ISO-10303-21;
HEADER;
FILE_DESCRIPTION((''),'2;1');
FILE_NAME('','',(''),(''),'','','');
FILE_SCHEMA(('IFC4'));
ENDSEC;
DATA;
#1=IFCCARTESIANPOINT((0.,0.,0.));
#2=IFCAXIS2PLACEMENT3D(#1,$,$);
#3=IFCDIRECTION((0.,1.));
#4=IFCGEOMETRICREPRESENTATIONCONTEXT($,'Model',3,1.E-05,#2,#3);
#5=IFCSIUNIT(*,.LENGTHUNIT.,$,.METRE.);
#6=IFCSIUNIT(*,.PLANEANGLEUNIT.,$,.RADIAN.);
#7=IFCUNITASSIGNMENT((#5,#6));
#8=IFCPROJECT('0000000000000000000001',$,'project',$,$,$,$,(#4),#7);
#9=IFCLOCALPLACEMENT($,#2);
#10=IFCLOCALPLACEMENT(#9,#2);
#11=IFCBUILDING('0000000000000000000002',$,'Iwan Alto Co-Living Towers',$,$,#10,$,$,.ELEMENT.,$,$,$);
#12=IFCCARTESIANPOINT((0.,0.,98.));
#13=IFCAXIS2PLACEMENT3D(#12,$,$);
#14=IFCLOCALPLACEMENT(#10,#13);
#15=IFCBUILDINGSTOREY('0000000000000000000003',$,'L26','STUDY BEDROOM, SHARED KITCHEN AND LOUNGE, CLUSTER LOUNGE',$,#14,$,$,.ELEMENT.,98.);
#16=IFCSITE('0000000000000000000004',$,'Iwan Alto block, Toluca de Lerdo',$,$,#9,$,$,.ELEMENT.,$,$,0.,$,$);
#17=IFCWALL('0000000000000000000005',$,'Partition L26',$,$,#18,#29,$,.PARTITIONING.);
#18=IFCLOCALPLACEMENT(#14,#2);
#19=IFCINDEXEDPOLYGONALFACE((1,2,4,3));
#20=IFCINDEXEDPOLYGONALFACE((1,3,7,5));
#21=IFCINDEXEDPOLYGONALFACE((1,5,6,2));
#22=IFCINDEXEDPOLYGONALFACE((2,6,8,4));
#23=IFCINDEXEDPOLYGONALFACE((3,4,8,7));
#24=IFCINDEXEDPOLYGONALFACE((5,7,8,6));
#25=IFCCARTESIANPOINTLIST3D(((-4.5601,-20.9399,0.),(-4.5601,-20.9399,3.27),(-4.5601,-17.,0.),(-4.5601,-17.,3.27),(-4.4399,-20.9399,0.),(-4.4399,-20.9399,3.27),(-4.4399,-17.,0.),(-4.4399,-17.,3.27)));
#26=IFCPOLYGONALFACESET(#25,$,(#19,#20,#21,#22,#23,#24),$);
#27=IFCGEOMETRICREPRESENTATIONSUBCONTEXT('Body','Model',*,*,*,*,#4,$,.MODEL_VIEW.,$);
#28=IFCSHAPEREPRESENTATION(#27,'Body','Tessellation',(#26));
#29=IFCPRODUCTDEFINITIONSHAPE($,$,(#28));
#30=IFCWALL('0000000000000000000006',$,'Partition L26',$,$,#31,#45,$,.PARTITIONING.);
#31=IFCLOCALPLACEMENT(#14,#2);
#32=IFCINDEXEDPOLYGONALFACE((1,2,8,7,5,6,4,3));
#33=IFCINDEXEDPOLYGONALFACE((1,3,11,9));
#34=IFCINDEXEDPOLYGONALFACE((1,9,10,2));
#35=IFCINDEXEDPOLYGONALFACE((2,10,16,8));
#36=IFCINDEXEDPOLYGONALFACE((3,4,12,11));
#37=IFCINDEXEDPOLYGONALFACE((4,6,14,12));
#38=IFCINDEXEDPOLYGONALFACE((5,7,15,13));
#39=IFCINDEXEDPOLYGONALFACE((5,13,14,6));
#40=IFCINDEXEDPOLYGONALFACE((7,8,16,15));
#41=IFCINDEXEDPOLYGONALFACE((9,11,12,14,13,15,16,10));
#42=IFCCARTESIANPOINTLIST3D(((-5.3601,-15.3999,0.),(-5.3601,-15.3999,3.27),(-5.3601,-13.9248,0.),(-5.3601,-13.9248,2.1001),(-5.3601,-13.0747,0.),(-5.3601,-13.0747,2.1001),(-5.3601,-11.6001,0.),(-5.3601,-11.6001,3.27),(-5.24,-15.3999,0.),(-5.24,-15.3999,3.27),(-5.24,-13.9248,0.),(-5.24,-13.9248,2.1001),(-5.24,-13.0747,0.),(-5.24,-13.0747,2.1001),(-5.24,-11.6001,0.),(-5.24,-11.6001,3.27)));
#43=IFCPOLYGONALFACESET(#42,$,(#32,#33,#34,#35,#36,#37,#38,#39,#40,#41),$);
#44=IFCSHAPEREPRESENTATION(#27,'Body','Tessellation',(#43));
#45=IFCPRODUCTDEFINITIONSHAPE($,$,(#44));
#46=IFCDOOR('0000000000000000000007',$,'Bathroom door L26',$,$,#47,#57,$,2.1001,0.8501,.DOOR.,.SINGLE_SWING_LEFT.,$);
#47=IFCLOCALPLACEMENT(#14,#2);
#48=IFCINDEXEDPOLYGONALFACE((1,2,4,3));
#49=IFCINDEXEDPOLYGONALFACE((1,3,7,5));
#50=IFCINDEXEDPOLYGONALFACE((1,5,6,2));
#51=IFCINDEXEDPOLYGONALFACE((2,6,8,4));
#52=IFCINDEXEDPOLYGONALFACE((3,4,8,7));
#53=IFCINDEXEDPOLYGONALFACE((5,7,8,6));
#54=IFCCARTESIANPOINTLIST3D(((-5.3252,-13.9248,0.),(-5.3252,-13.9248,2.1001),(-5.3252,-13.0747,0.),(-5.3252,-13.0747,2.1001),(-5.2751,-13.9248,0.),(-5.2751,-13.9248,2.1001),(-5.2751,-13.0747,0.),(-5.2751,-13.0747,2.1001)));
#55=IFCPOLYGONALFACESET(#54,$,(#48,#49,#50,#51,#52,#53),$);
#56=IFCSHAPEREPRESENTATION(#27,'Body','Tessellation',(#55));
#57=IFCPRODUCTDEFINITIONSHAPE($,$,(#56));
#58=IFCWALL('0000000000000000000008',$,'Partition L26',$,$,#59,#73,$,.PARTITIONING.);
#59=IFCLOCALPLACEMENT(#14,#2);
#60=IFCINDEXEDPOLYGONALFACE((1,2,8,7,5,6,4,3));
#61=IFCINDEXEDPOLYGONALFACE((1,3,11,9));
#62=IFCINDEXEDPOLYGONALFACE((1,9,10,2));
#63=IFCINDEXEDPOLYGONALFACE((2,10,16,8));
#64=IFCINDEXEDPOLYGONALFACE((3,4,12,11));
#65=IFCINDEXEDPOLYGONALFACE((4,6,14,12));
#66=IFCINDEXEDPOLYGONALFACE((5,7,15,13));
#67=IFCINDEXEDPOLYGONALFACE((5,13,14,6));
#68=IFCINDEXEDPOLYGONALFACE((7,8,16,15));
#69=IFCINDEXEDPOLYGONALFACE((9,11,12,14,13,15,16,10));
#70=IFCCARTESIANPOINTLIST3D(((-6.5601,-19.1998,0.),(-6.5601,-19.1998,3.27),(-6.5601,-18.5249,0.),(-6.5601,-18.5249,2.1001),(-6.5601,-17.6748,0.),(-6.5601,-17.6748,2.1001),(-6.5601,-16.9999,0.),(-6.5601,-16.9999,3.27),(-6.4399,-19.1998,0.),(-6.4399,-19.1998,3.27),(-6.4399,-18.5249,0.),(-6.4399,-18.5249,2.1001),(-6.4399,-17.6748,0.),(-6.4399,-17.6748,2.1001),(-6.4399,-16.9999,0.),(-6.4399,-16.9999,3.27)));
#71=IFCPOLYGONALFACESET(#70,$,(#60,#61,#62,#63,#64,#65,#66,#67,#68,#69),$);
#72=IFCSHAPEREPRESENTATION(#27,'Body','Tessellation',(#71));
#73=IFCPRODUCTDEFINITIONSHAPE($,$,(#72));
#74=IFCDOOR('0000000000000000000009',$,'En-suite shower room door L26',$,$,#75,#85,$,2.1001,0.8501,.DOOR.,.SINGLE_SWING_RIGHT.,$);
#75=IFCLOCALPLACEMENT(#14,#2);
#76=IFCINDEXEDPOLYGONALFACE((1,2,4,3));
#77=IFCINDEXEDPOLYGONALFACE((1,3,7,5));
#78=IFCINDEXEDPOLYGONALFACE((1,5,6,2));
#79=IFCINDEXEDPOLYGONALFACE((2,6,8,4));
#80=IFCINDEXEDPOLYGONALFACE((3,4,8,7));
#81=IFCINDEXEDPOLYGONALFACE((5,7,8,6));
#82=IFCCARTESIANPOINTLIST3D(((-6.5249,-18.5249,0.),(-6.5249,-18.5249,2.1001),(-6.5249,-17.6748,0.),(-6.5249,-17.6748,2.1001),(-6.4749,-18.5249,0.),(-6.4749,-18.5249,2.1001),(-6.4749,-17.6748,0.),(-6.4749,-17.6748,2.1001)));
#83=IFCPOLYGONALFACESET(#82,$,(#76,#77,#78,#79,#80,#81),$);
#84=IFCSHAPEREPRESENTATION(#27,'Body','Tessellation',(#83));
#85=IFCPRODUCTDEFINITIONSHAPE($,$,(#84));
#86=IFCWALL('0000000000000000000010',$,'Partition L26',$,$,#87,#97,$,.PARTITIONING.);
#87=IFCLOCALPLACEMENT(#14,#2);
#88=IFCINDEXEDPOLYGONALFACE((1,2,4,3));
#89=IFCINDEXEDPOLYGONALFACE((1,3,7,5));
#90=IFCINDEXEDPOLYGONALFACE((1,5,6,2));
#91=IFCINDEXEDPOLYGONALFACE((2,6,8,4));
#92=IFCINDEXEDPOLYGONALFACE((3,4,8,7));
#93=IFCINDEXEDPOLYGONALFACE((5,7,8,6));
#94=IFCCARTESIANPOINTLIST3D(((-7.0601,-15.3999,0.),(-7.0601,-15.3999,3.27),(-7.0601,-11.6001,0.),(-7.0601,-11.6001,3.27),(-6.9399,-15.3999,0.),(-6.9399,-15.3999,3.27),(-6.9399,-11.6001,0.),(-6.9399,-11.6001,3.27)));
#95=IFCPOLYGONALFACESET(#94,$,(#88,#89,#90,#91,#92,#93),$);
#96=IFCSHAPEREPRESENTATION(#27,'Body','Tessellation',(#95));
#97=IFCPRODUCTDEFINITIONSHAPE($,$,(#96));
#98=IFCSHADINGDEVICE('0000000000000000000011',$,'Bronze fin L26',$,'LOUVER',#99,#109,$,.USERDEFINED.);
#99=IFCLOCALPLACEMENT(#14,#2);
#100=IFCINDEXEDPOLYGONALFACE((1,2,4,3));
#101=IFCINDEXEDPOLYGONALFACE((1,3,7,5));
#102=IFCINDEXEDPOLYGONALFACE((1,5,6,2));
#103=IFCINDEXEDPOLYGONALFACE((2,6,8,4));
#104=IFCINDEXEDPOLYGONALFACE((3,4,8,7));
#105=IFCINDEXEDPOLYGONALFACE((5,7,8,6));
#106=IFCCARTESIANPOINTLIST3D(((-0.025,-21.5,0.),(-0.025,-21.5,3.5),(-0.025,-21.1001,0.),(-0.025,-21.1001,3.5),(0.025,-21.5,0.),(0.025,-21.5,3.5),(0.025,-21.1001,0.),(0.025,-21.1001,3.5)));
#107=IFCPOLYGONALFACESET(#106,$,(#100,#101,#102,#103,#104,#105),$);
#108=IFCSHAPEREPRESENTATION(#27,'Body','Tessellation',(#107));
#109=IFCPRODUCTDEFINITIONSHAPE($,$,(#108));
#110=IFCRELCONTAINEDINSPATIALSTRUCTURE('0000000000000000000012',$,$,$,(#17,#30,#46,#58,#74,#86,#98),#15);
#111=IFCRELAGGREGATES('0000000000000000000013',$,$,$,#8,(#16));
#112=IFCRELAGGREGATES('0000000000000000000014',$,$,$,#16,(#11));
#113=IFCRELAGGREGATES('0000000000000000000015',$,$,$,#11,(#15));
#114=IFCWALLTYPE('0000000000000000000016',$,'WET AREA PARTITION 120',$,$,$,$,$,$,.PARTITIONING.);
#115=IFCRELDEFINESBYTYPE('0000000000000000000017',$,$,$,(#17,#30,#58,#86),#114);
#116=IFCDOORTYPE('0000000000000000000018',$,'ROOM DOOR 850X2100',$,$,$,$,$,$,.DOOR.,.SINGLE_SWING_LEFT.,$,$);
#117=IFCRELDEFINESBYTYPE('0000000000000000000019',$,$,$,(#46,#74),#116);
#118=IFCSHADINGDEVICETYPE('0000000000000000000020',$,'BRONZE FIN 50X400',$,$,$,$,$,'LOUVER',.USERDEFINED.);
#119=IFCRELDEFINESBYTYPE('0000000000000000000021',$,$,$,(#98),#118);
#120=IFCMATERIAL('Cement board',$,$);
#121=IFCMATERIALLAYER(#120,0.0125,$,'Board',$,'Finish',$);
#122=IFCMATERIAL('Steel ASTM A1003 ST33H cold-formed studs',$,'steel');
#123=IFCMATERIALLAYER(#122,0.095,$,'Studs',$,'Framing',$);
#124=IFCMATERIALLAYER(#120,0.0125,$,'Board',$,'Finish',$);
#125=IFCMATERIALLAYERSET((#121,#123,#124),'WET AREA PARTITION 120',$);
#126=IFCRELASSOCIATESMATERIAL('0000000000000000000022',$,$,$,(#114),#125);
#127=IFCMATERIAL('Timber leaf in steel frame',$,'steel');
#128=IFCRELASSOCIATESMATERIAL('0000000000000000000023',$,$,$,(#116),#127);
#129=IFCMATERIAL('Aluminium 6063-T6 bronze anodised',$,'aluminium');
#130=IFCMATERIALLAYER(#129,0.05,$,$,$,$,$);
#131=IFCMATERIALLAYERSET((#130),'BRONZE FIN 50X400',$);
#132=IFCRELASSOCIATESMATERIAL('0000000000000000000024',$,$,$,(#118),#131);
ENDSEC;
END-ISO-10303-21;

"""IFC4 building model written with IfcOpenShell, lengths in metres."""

from ifc_helpers import new_model, si_unit, direction, frame, frame_2d, origin, origin_2d, place, context, subcontext, project, spatial, rectangle, extrude, material, layer, layer_set, type_object, element, fill, save


model = new_model("IFC4")

# Units and contexts
model_context = context("Model", 3, precision=1e-05, world=origin(), true_north=direction((0.0, 1.0)))
body_context = subcontext(model_context, "Body", "Model", "MODEL_VIEW")
ifc_project = project(units=[si_unit("LENGTHUNIT", "METRE"), si_unit("PLANEANGLEUNIT", "RADIAN")], contexts=[model_context])

# Site, building, storey
site_placement = place(None, origin())
site = spatial("IfcSite", under=ifc_project, at=site_placement, Name="Iwan Alto block, Toluca de Lerdo", CompositionType="ELEMENT", RefElevation=0.0)
building_placement = place(site_placement, origin())
building = spatial("IfcBuilding", under=site, at=building_placement, Name="Iwan Alto Co-Living Towers", CompositionType="ELEMENT")
storey_placement = place(building_placement, frame((0.0, 0.0, 98.0)))
storey = spatial("IfcBuildingStorey", under=building, at=storey_placement, Name="L26", Description="STUDY BEDROOM, SHARED KITCHEN AND LOUNGE, CLUSTER LOUNGE", CompositionType="ELEMENT", Elevation=98.0)

# Shared definitions
ifc_material_1 = material(Name="Steel ASTM A1003 ST33H cold-formed studs", Category="steel")

# Shared definitions
ifc_material_2 = material(Name="Cement board")
ifc_layer_1 = layer(ifc_material_2, 0.0125, Name="Board", Category="Finish")
ifc_layer_2 = layer(ifc_material_1, 0.095, Name="Studs", Category="Framing")
ifc_layer_3 = layer(ifc_material_2, 0.0125, Name="Board", Category="Finish")
ifc_layer_set_1 = layer_set([ifc_layer_1, ifc_layer_2, ifc_layer_3], Name="WET AREA PARTITION 120")
wall_type_1 = type_object("IfcWallType", Name="WET AREA PARTITION 120", PredefinedType="PARTITIONING", material=ifc_layer_set_1)
ifc_material_3 = material(Name="Timber leaf in steel frame", Category="steel")
door_type_1 = type_object("IfcDoorType", Name="ROOM DOOR 850X2100", OperationType="SINGLE_SWING_LEFT", PredefinedType="DOOR", material=ifc_material_3)

# Wall
wall_1_placement = place(storey_placement, frame((-4.5, -20.9399, 0.0), z_axis=(0.0, 0.0, 1.0), x_axis=(0.0, 1.0, 0.0)))
element("IfcWall", 1, at=wall_1_placement, inside=storey, type_object=wall_type_1, Name="Partition L26", PredefinedType="PARTITIONING", context=body_context, shape_type="SweptSolid", body=[
    extrude(rectangle(XDim=3.9399, YDim=0.1201, at=frame_2d((1.97, 0.0))), origin(), (0.0, 0.0, 1.0), 3.27),
])

# Walls, openings, doors
wall_2_placement = place(storey_placement, frame((-5.3, -15.3999, 0.0), z_axis=(0.0, 0.0, 1.0), x_axis=(0.0, 1.0, 0.0)))
wall_2 = element("IfcWall", 2, at=wall_2_placement, inside=storey, type_object=wall_type_1, Name="Partition L26", PredefinedType="PARTITIONING", context=body_context, shape_type="SweptSolid", body=[
    extrude(rectangle(XDim=3.7998, YDim=0.1201, at=frame_2d((1.8999, 0.0))), origin(), (0.0, 0.0, 1.0), 3.27),
])
opening_1_placement = place(wall_2_placement, frame((1.4751, 0.0, 0.0)))
opening_1 = element("IfcOpeningElement", 3, at=opening_1_placement, cuts=wall_2, PredefinedType="OPENING", context=body_context, shape_type="SweptSolid", body=[
    extrude(rectangle(XDim=0.8501, YDim=2.1001, at=frame_2d((0.425, 1.05))), frame((0.0, 0.0701, 0.0), z_axis=(0.0, -1.0, 0.0), x_axis=(1.0, 0.0, 0.0)), (0.0, 0.0, 1.0), 0.1401),
])
door_1_placement = place(opening_1_placement, frame((0.8501, 0.0, 0.0), z_axis=(0.0, 0.0, 1.0), x_axis=(-1.0, 0.0, 0.0)))
door_1 = element("IfcDoor", 4, at=door_1_placement, inside=storey, type_object=door_type_1, Name="Bathroom door L26", OperationType="SINGLE_SWING_LEFT", OverallHeight=2.1001, OverallWidth=0.8501, PredefinedType="DOOR", context=body_context, shape_type="SweptSolid", body=[
    extrude(rectangle(XDim=0.8501, YDim=2.1001, at=frame_2d((0.425, 1.05))), frame((0.0, 0.0249, 0.0), z_axis=(0.0, -1.0, 0.0), x_axis=(1.0, 0.0, 0.0)), (0.0, 0.0, 1.0), 0.05),
])
fill(opening_1, door_1)
wall_3_placement = place(storey_placement, frame((-6.5, -19.2, 0.0), z_axis=(0.0, 0.0, 1.0), x_axis=(0.0, 1.0, 0.0)))
wall_3 = element("IfcWall", 5, at=wall_3_placement, inside=storey, type_object=wall_type_1, Name="Partition L26", PredefinedType="PARTITIONING", context=body_context, shape_type="SweptSolid", body=[
    extrude(rectangle(XDim=2.2, YDim=0.1201, at=frame_2d((1.1001, 0.0))), origin(), (0.0, 0.0, 1.0), 3.27),
])
opening_2_placement = place(wall_3_placement, frame((0.675, 0.0, 0.0)))
opening_2 = element("IfcOpeningElement", 6, at=opening_2_placement, cuts=wall_3, PredefinedType="OPENING", context=body_context, shape_type="SweptSolid", body=[
    extrude(rectangle(XDim=0.8501, YDim=2.1001, at=frame_2d((0.425, 1.05))), frame((0.0, 0.0701, 0.0), z_axis=(0.0, -1.0, 0.0), x_axis=(1.0, 0.0, 0.0)), (0.0, 0.0, 1.0), 0.1401),
])
door_2_placement = place(opening_2_placement, origin())
door_2 = element("IfcDoor", 7, at=door_2_placement, inside=storey, type_object=door_type_1, Name="En-suite shower room door L26", OperationType="SINGLE_SWING_RIGHT", OverallHeight=2.1001, OverallWidth=0.8501, PredefinedType="DOOR", context=body_context, shape_type="SweptSolid", body=[
    extrude(rectangle(XDim=0.8501, YDim=2.1001, at=frame_2d((0.425, 1.05))), frame((0.0, 0.0249, 0.0), z_axis=(0.0, -1.0, 0.0), x_axis=(1.0, 0.0, 0.0)), (0.0, 0.0, 1.0), 0.05),
])
fill(opening_2, door_2)

# Wall
wall_4_placement = place(storey_placement, frame((-7.0, -15.3999, 0.0), z_axis=(0.0, 0.0, 1.0), x_axis=(0.0, 1.0, 0.0)))
element("IfcWall", 8, at=wall_4_placement, inside=storey, type_object=wall_type_1, Name="Partition L26", PredefinedType="PARTITIONING", context=body_context, shape_type="SweptSolid", body=[
    extrude(rectangle(XDim=3.7998, YDim=0.1201, at=frame_2d((1.8999, 0.0))), origin(), (0.0, 0.0, 1.0), 3.27),
])

# Shading device
ifc_material_4 = material(Name="Aluminium 6063-T6 bronze anodised", Category="aluminium")
ifc_layer_4 = layer(ifc_material_4, 0.05)
ifc_layer_set_2 = layer_set([ifc_layer_4], Name="BRONZE FIN 50X400")
shading_device_type = type_object("IfcShadingDeviceType", Name="BRONZE FIN 50X400", ElementType="LOUVER", PredefinedType="USERDEFINED", material=ifc_layer_set_2)
shading_device_placement = place(storey_placement, frame((0.0, -21.3, 0.0), z_axis=(0.0, 0.0, 1.0), x_axis=(1.0, 0.0, 0.0)))
element("IfcShadingDevice", 9, at=shading_device_placement, inside=storey, type_object=shading_device_type, Name="Bronze fin L26", ObjectType="LOUVER", PredefinedType="USERDEFINED", context=body_context, shape_type="SweptSolid", body=[
    extrude(rectangle(XDim=0.05, YDim=0.3999, at=origin_2d()), origin(), (0.0, 0.0, 1.0), 3.5),
])

save(model, "model.ifc")
